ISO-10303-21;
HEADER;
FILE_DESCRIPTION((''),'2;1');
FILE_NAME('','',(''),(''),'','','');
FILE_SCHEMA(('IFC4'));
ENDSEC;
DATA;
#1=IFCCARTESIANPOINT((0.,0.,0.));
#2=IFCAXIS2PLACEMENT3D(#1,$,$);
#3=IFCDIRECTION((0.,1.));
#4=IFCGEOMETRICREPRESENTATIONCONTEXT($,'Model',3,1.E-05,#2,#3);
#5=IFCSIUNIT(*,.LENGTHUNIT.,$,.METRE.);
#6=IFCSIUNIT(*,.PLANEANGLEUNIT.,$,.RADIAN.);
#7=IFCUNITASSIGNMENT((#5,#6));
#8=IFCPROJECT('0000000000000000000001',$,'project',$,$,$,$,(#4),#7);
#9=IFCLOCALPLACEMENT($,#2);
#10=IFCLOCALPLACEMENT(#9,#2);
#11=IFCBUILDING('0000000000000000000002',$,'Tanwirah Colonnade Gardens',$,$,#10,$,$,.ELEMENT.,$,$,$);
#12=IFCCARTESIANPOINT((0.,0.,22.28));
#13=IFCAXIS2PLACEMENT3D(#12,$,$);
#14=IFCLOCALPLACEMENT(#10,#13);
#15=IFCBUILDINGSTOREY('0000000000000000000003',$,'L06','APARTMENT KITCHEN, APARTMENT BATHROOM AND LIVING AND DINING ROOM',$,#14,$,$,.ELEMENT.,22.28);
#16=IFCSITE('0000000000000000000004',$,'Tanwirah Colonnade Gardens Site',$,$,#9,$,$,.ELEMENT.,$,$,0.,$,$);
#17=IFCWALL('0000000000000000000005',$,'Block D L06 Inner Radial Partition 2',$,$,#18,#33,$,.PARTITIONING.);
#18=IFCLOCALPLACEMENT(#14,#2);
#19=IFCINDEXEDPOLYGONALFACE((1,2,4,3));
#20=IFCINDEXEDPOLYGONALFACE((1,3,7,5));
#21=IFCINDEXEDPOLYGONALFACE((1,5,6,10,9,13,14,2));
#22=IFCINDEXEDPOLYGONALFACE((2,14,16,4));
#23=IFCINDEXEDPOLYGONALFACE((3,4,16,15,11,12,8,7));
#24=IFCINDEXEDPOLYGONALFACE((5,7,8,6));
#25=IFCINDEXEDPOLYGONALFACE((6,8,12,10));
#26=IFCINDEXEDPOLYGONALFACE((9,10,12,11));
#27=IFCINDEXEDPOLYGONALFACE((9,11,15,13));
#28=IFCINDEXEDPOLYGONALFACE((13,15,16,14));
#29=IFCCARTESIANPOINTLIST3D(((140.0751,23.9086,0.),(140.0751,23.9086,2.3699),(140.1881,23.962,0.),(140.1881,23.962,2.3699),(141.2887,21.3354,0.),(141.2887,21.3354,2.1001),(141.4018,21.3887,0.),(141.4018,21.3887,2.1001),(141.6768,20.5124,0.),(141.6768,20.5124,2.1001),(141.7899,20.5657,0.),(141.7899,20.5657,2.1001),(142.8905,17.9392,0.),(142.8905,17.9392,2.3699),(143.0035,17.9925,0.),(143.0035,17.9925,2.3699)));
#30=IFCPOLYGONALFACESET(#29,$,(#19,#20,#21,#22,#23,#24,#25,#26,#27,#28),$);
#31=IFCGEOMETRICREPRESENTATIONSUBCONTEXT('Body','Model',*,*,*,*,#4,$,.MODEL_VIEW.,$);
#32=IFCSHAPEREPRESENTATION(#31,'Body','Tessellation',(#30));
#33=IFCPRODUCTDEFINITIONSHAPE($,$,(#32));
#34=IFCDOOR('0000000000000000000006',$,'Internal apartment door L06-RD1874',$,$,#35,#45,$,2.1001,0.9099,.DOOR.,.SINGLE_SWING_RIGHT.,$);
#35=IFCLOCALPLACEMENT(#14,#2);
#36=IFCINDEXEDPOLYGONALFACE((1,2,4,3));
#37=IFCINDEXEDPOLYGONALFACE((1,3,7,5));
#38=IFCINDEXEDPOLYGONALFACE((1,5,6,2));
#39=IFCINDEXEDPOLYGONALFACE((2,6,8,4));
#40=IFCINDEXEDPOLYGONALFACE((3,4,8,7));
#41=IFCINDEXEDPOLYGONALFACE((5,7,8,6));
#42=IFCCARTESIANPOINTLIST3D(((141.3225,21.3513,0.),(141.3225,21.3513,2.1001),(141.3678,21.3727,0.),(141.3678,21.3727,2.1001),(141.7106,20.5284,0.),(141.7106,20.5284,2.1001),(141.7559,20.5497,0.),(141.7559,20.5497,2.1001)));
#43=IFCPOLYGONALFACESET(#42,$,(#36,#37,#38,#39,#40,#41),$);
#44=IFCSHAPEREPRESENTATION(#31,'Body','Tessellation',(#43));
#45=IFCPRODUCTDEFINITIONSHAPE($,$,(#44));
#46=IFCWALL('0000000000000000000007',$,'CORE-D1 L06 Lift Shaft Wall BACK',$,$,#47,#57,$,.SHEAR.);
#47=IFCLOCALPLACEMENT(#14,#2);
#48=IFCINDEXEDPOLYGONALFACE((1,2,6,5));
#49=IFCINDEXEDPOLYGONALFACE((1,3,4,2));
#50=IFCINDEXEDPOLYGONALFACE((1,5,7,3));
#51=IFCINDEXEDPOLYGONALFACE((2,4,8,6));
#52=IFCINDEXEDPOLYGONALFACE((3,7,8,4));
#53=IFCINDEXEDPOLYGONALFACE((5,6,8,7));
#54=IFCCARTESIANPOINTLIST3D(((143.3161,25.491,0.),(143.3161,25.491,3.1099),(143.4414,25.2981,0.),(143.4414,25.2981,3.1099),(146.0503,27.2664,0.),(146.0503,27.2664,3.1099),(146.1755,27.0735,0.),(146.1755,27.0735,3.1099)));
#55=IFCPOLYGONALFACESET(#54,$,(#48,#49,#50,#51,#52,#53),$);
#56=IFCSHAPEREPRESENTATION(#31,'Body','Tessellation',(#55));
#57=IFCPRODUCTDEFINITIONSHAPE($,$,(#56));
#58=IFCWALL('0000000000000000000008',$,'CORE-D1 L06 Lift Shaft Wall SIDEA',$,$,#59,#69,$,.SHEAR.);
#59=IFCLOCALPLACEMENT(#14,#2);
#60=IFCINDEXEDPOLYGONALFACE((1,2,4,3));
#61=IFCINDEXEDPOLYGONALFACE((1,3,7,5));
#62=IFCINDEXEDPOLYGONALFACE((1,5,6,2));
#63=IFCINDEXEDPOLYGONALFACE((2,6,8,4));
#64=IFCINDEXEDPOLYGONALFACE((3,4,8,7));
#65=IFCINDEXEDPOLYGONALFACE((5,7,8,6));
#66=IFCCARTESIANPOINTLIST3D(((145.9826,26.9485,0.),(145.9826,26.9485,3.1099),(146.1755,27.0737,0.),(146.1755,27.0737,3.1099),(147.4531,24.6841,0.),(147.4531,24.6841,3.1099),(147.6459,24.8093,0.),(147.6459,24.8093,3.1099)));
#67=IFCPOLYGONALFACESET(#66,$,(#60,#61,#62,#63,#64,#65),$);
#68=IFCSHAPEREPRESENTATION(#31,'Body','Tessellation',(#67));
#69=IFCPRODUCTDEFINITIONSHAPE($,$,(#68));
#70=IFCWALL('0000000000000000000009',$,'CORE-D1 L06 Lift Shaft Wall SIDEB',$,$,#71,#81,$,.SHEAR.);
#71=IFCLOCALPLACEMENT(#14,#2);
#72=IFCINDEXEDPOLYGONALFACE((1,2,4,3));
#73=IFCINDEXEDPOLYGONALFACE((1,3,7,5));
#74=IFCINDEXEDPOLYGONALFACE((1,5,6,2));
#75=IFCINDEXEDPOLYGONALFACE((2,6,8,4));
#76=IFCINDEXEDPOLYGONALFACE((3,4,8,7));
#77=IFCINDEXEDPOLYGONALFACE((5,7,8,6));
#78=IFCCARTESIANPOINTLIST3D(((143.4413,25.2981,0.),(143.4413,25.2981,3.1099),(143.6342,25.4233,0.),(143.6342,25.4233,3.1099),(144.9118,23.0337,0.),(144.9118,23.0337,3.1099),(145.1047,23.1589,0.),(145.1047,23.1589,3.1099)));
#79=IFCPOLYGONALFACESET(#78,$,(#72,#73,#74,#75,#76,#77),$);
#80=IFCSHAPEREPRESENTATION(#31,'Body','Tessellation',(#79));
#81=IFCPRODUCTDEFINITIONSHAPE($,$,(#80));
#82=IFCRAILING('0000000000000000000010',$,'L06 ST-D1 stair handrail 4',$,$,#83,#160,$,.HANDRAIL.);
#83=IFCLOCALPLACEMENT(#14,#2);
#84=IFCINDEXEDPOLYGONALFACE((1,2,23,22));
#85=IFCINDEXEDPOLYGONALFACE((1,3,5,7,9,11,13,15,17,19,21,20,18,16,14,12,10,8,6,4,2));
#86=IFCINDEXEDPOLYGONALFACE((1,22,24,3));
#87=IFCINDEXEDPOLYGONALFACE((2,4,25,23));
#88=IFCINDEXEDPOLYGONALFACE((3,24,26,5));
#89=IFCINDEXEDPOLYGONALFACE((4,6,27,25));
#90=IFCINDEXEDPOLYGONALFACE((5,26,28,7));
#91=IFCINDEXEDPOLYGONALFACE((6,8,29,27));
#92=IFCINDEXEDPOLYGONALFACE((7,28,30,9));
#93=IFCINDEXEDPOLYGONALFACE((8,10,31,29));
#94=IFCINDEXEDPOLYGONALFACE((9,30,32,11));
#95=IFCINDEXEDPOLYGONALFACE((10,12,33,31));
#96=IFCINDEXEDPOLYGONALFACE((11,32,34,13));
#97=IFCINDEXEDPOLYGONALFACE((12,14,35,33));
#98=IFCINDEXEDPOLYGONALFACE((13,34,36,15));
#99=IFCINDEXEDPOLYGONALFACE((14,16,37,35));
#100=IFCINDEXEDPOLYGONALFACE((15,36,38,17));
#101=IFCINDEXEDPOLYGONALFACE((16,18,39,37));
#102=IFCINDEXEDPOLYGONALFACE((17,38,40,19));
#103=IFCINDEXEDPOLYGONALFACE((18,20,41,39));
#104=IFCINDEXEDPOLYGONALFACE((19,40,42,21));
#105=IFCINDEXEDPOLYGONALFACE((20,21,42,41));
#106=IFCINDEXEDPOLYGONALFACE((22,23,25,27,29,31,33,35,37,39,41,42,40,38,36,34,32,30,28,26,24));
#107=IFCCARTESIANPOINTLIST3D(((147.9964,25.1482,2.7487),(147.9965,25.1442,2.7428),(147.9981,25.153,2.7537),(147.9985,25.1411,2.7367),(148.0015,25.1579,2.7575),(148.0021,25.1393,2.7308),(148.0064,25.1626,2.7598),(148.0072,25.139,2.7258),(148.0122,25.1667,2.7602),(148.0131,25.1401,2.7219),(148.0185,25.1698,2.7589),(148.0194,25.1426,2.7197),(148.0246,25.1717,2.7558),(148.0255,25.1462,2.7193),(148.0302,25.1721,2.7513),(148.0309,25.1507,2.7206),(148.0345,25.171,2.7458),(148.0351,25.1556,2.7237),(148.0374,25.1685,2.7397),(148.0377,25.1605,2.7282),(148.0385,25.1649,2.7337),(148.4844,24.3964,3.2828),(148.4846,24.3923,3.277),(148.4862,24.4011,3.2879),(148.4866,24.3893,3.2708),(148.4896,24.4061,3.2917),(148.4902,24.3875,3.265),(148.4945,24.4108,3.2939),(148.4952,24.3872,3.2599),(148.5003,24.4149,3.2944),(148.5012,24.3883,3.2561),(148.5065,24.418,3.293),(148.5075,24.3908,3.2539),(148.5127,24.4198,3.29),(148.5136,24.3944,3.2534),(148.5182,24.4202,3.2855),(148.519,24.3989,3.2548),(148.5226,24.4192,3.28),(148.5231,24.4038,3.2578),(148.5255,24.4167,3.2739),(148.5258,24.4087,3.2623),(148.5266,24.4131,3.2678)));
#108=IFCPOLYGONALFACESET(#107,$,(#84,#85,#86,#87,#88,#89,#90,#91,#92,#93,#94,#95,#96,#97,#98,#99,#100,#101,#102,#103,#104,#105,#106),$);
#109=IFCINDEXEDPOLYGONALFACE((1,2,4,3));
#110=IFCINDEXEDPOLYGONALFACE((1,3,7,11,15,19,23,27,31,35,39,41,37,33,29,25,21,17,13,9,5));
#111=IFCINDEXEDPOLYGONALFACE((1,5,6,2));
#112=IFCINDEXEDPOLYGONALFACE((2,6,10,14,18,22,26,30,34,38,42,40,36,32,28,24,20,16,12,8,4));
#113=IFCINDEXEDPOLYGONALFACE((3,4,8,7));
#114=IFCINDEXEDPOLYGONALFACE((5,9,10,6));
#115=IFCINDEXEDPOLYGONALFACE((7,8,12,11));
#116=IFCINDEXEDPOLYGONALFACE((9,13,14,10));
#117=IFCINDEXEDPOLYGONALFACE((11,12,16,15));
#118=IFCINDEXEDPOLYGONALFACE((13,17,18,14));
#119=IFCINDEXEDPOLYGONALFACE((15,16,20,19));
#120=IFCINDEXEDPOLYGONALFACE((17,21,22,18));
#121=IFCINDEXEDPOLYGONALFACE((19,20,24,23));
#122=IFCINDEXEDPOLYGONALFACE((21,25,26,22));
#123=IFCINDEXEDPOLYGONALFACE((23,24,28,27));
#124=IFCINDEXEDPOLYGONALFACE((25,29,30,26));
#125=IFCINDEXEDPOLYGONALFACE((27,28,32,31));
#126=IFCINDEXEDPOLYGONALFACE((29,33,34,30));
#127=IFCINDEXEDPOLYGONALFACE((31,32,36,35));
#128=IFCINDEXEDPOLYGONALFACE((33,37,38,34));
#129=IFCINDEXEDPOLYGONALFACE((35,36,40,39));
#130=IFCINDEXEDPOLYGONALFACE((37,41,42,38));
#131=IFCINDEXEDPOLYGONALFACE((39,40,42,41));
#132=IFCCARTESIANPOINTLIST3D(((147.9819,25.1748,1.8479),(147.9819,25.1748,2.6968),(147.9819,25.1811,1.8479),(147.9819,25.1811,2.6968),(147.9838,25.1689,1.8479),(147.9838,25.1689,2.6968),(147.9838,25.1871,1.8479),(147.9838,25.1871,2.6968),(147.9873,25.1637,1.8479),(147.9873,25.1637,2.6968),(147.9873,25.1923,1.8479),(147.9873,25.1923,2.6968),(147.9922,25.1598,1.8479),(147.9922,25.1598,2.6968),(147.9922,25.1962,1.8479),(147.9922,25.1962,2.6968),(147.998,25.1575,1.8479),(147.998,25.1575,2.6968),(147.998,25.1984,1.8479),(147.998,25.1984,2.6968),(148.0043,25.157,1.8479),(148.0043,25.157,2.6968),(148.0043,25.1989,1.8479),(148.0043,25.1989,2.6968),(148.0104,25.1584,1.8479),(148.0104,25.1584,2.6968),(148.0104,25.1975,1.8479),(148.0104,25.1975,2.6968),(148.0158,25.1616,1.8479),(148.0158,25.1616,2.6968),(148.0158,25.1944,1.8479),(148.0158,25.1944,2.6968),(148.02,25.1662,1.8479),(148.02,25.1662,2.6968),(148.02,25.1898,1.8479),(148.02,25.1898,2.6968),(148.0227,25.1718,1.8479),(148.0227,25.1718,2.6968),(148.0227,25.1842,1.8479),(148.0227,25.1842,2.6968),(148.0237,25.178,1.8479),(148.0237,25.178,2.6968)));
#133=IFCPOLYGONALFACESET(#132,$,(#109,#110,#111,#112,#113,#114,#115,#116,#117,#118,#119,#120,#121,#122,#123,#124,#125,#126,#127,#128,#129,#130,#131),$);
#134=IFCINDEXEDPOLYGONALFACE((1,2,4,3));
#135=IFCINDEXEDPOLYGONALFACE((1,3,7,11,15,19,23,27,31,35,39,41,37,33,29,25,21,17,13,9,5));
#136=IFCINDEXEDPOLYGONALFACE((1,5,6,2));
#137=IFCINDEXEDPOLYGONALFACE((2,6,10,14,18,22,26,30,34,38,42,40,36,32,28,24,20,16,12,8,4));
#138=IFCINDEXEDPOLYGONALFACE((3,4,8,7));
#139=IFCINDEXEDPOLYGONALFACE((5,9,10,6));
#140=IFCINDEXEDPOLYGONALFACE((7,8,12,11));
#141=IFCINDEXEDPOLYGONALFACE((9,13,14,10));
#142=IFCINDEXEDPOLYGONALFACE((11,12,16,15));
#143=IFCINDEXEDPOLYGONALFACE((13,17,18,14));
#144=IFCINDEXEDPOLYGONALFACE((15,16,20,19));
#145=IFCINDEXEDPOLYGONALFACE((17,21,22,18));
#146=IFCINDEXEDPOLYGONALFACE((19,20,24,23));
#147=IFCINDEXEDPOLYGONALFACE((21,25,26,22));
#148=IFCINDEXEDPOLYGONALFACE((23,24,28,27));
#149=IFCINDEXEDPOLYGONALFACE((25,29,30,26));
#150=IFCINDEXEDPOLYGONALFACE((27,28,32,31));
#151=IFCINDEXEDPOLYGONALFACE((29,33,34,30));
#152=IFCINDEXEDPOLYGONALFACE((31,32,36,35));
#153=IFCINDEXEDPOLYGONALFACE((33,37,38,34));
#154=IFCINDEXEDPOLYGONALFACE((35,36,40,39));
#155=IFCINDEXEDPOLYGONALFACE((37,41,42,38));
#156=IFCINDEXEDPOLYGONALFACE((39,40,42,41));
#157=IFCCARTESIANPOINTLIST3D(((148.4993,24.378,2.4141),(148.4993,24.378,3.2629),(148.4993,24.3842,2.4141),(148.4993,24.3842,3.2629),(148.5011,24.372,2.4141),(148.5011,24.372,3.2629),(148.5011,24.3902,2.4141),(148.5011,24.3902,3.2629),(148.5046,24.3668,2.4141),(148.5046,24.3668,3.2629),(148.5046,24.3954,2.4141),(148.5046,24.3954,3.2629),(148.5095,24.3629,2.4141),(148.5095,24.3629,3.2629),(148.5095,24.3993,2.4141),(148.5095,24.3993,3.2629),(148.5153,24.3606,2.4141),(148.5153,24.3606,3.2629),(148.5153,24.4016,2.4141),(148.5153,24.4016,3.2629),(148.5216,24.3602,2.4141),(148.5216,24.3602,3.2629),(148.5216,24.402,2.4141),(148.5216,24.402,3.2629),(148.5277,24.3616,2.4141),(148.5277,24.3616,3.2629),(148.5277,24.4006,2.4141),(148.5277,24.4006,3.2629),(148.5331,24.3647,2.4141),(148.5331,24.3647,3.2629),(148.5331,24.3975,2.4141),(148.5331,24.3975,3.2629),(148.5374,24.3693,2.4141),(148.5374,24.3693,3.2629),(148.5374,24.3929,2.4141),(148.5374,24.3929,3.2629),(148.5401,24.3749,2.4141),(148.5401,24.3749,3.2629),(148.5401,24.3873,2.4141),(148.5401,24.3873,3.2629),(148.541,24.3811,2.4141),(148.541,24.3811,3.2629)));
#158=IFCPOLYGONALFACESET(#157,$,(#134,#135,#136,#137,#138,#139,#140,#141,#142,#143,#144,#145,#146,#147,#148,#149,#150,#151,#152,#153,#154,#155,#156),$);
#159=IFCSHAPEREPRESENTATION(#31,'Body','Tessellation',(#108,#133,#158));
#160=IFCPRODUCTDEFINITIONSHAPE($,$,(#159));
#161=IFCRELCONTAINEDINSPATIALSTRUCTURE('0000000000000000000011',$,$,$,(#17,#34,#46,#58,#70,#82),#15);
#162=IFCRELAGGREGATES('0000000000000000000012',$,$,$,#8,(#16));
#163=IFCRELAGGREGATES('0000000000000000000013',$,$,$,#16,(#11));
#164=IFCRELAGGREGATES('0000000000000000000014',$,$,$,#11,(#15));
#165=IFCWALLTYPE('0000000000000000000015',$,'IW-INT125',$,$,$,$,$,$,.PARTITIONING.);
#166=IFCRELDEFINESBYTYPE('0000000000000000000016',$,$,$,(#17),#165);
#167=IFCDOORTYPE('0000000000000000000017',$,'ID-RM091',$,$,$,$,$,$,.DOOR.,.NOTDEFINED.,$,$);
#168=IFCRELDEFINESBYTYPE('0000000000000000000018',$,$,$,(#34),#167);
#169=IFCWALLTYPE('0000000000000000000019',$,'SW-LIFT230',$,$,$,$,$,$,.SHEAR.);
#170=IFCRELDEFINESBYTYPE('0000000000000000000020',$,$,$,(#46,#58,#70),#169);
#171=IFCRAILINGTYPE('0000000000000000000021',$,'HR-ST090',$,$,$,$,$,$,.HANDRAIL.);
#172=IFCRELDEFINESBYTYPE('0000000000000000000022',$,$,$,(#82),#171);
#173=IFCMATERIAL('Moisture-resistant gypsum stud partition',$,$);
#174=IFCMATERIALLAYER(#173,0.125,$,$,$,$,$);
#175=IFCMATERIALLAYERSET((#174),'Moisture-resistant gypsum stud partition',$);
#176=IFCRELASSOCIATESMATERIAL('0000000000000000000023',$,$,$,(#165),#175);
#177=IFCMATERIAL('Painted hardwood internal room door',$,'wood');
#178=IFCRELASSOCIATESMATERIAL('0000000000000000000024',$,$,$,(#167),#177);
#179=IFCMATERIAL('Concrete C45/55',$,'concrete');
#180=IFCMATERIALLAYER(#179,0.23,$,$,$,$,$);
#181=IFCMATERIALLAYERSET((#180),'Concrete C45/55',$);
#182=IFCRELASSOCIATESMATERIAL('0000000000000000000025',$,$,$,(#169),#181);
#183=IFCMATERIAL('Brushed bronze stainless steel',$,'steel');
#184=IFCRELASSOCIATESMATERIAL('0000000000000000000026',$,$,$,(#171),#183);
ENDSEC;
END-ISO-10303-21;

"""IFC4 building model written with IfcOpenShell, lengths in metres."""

from ifc_helpers import new_model, si_unit, direction, frame, frame_2d, origin, origin_2d, place, context, subcontext, project, spatial, rectangle, circle, extrude, material, layer, layer_set, type_object, element, fill, save


model = new_model("IFC4")

# Units and contexts
model_context = context("Model", 3, precision=1e-05, world=origin(), true_north=direction((0.0, 1.0)))
body_context = subcontext(model_context, "Body", "Model", "MODEL_VIEW")
ifc_project = project(units=[si_unit("LENGTHUNIT", "METRE"), si_unit("PLANEANGLEUNIT", "RADIAN")], contexts=[model_context])

# Site, building, storey
site_placement = place(None, origin())
site = spatial("IfcSite", under=ifc_project, at=site_placement, Name="Tanwirah Colonnade Gardens Site", CompositionType="ELEMENT", RefElevation=0.0)
building_placement = place(site_placement, origin())
building = spatial("IfcBuilding", under=site, at=building_placement, Name="Tanwirah Colonnade Gardens", CompositionType="ELEMENT")
storey_placement = place(building_placement, frame((0.0, 0.0, 22.28)))
storey = spatial("IfcBuildingStorey", under=building, at=storey_placement, Name="L06", Description="APARTMENT KITCHEN, APARTMENT BATHROOM AND LIVING AND DINING ROOM", CompositionType="ELEMENT", Elevation=22.28)

# Wall, opening, door
ifc_material_1 = material(Name="Moisture-resistant gypsum stud partition")
ifc_layer_1 = layer(ifc_material_1, 0.125)
ifc_layer_set_1 = layer_set([ifc_layer_1], Name="Moisture-resistant gypsum stud partition")
wall_type_1 = type_object("IfcWallType", Name="IW-INT125", PredefinedType="PARTITIONING", material=ifc_layer_set_1)
wall_1_placement = place(storey_placement, frame((140.1316, 23.9353, 0.0), z_axis=(0.0, 0.0, 1.0), x_axis=(0.426574, -0.904453, 0.0)))
wall_1 = element("IfcWall", 1, at=wall_1_placement, inside=storey, type_object=wall_type_1, Name="Block D L06 Inner Radial Partition 2", PredefinedType="PARTITIONING", context=body_context, shape_type="SweptSolid", body=[
    extrude(rectangle(XDim=6.6001, YDim=0.125, at=frame_2d((3.3, 0.0))), origin(), (0.0, 0.0, 1.0), 2.3699),
])
opening_1_placement = place(wall_1_placement, frame((2.845, 0.0, 0.0)))
opening_1 = element("IfcOpeningElement", 2, at=opening_1_placement, cuts=wall_1, PredefinedType="OPENING", context=body_context, shape_type="SweptSolid", body=[
    extrude(rectangle(XDim=0.9099, YDim=2.1001, at=frame_2d((0.4551, 1.05))), frame((0.0, 0.0725, 0.0), z_axis=(0.0, -1.0, 0.0), x_axis=(1.0, 0.0, 0.0)), (0.0, 0.0, 1.0), 0.145),
])
ifc_material_2 = material(Name="Painted hardwood internal room door", Category="wood")
door_type_1 = type_object("IfcDoorType", Name="ID-RM091", OperationType="NOTDEFINED", PredefinedType="DOOR", material=ifc_material_2)
door_1_placement = place(opening_1_placement, origin())
door_1 = element("IfcDoor", 3, at=door_1_placement, inside=storey, type_object=door_type_1, Name="Internal apartment door L06-RD1874", OperationType="SINGLE_SWING_RIGHT", OverallHeight=2.1001, OverallWidth=0.9099, PredefinedType="DOOR", context=body_context, shape_type="SweptSolid", body=[
    extrude(rectangle(XDim=0.9099, YDim=2.1001, at=frame_2d((0.4551, 1.05))), frame((0.0, 0.0249, 0.0), z_axis=(0.0, -1.0, 0.0), x_axis=(1.0, 0.0, 0.0)), (0.0, 0.0, 1.0), 0.05),
])
fill(opening_1, door_1)
ifc_material_3 = material(Name="Concrete C45/55", Category="concrete")
ifc_layer_2 = layer(ifc_material_3, 0.23)
ifc_layer_set_2 = layer_set([ifc_layer_2], Name="Concrete C45/55")
wall_type_2 = type_object("IfcWallType", Name="SW-LIFT230", PredefinedType="SHEAR", material=ifc_layer_set_2)

# Walls
wall_2_placement = place(storey_placement, frame((146.1128, 27.1699, 0.0), z_axis=(0.0, 0.0, 1.0), x_axis=(-0.838695, -0.544601, 0.0)))
element("IfcWall", 4, at=wall_2_placement, inside=storey, type_object=wall_type_2, Name="CORE-D1 L06 Lift Shaft Wall BACK", PredefinedType="SHEAR", context=body_context, shape_type="SweptSolid", body=[
    extrude(rectangle(XDim=3.26, YDim=0.23, at=frame_2d((1.6299, 0.0))), origin(), (0.0, 0.0, 1.0), 3.1099),
])
for number, where, z_axis, x_axis, name in (
    (5, (147.5496, 24.7466, 0.0), (0.0, 0.0, 1.0), (-0.544623, 0.838681, 0.0), "CORE-D1 L06 Lift Shaft Wall SIDEA"),
    (6, (145.0083, 23.0962, 0.0), (0.0, 0.0, 1.0), (-0.544623, 0.838681, 0.0), "CORE-D1 L06 Lift Shaft Wall SIDEB"),
):
    element("IfcWall", number, at=place(storey_placement, frame(where, z_axis=z_axis, x_axis=x_axis)), inside=storey, type_object=wall_type_2, Name=name, PredefinedType="SHEAR", context=body_context, shape_type="SweptSolid", body=[
        extrude(rectangle(XDim=2.7, YDim=0.23, at=frame_2d((1.3501, 0.0))), origin(), (0.0, 0.0, 1.0), 3.1099),
    ])

# Railing
ifc_material_4 = material(Name="Brushed bronze stainless steel", Category="steel")
railing_type_1 = type_object("IfcRailingType", Name="HR-ST090", PredefinedType="HANDRAIL", material=ifc_material_4)
railing_1_placement = place(storey_placement, frame((148.0027, 25.178, 1.8479)))
element("IfcRailing", 7, at=railing_1_placement, inside=storey, type_object=railing_type_1, Name="L06 ST-D1 stair handrail 4", PredefinedType="HANDRAIL", context=body_context, shape_type="SweptSolid", body=[
    extrude(circle(Radius=0.0239, at=origin_2d()), frame((0.0146, -0.0225, 0.8918), z_axis=(0.467762, -0.720517, 0.511912), x_axis=(0.838749, 0.544519, 0.0)), (0.0, 0.0, 1.0), 1.0435),
    extrude(circle(Radius=0.021, at=origin_2d()), origin(), (0.0, 0.0, 1.0), 0.8489),
    extrude(circle(Radius=0.021, at=origin_2d()), frame((0.5173, -0.7969, 0.5662)), (0.0, 0.0, 1.0), 0.8489),
])

save(model, "model.ifc")
